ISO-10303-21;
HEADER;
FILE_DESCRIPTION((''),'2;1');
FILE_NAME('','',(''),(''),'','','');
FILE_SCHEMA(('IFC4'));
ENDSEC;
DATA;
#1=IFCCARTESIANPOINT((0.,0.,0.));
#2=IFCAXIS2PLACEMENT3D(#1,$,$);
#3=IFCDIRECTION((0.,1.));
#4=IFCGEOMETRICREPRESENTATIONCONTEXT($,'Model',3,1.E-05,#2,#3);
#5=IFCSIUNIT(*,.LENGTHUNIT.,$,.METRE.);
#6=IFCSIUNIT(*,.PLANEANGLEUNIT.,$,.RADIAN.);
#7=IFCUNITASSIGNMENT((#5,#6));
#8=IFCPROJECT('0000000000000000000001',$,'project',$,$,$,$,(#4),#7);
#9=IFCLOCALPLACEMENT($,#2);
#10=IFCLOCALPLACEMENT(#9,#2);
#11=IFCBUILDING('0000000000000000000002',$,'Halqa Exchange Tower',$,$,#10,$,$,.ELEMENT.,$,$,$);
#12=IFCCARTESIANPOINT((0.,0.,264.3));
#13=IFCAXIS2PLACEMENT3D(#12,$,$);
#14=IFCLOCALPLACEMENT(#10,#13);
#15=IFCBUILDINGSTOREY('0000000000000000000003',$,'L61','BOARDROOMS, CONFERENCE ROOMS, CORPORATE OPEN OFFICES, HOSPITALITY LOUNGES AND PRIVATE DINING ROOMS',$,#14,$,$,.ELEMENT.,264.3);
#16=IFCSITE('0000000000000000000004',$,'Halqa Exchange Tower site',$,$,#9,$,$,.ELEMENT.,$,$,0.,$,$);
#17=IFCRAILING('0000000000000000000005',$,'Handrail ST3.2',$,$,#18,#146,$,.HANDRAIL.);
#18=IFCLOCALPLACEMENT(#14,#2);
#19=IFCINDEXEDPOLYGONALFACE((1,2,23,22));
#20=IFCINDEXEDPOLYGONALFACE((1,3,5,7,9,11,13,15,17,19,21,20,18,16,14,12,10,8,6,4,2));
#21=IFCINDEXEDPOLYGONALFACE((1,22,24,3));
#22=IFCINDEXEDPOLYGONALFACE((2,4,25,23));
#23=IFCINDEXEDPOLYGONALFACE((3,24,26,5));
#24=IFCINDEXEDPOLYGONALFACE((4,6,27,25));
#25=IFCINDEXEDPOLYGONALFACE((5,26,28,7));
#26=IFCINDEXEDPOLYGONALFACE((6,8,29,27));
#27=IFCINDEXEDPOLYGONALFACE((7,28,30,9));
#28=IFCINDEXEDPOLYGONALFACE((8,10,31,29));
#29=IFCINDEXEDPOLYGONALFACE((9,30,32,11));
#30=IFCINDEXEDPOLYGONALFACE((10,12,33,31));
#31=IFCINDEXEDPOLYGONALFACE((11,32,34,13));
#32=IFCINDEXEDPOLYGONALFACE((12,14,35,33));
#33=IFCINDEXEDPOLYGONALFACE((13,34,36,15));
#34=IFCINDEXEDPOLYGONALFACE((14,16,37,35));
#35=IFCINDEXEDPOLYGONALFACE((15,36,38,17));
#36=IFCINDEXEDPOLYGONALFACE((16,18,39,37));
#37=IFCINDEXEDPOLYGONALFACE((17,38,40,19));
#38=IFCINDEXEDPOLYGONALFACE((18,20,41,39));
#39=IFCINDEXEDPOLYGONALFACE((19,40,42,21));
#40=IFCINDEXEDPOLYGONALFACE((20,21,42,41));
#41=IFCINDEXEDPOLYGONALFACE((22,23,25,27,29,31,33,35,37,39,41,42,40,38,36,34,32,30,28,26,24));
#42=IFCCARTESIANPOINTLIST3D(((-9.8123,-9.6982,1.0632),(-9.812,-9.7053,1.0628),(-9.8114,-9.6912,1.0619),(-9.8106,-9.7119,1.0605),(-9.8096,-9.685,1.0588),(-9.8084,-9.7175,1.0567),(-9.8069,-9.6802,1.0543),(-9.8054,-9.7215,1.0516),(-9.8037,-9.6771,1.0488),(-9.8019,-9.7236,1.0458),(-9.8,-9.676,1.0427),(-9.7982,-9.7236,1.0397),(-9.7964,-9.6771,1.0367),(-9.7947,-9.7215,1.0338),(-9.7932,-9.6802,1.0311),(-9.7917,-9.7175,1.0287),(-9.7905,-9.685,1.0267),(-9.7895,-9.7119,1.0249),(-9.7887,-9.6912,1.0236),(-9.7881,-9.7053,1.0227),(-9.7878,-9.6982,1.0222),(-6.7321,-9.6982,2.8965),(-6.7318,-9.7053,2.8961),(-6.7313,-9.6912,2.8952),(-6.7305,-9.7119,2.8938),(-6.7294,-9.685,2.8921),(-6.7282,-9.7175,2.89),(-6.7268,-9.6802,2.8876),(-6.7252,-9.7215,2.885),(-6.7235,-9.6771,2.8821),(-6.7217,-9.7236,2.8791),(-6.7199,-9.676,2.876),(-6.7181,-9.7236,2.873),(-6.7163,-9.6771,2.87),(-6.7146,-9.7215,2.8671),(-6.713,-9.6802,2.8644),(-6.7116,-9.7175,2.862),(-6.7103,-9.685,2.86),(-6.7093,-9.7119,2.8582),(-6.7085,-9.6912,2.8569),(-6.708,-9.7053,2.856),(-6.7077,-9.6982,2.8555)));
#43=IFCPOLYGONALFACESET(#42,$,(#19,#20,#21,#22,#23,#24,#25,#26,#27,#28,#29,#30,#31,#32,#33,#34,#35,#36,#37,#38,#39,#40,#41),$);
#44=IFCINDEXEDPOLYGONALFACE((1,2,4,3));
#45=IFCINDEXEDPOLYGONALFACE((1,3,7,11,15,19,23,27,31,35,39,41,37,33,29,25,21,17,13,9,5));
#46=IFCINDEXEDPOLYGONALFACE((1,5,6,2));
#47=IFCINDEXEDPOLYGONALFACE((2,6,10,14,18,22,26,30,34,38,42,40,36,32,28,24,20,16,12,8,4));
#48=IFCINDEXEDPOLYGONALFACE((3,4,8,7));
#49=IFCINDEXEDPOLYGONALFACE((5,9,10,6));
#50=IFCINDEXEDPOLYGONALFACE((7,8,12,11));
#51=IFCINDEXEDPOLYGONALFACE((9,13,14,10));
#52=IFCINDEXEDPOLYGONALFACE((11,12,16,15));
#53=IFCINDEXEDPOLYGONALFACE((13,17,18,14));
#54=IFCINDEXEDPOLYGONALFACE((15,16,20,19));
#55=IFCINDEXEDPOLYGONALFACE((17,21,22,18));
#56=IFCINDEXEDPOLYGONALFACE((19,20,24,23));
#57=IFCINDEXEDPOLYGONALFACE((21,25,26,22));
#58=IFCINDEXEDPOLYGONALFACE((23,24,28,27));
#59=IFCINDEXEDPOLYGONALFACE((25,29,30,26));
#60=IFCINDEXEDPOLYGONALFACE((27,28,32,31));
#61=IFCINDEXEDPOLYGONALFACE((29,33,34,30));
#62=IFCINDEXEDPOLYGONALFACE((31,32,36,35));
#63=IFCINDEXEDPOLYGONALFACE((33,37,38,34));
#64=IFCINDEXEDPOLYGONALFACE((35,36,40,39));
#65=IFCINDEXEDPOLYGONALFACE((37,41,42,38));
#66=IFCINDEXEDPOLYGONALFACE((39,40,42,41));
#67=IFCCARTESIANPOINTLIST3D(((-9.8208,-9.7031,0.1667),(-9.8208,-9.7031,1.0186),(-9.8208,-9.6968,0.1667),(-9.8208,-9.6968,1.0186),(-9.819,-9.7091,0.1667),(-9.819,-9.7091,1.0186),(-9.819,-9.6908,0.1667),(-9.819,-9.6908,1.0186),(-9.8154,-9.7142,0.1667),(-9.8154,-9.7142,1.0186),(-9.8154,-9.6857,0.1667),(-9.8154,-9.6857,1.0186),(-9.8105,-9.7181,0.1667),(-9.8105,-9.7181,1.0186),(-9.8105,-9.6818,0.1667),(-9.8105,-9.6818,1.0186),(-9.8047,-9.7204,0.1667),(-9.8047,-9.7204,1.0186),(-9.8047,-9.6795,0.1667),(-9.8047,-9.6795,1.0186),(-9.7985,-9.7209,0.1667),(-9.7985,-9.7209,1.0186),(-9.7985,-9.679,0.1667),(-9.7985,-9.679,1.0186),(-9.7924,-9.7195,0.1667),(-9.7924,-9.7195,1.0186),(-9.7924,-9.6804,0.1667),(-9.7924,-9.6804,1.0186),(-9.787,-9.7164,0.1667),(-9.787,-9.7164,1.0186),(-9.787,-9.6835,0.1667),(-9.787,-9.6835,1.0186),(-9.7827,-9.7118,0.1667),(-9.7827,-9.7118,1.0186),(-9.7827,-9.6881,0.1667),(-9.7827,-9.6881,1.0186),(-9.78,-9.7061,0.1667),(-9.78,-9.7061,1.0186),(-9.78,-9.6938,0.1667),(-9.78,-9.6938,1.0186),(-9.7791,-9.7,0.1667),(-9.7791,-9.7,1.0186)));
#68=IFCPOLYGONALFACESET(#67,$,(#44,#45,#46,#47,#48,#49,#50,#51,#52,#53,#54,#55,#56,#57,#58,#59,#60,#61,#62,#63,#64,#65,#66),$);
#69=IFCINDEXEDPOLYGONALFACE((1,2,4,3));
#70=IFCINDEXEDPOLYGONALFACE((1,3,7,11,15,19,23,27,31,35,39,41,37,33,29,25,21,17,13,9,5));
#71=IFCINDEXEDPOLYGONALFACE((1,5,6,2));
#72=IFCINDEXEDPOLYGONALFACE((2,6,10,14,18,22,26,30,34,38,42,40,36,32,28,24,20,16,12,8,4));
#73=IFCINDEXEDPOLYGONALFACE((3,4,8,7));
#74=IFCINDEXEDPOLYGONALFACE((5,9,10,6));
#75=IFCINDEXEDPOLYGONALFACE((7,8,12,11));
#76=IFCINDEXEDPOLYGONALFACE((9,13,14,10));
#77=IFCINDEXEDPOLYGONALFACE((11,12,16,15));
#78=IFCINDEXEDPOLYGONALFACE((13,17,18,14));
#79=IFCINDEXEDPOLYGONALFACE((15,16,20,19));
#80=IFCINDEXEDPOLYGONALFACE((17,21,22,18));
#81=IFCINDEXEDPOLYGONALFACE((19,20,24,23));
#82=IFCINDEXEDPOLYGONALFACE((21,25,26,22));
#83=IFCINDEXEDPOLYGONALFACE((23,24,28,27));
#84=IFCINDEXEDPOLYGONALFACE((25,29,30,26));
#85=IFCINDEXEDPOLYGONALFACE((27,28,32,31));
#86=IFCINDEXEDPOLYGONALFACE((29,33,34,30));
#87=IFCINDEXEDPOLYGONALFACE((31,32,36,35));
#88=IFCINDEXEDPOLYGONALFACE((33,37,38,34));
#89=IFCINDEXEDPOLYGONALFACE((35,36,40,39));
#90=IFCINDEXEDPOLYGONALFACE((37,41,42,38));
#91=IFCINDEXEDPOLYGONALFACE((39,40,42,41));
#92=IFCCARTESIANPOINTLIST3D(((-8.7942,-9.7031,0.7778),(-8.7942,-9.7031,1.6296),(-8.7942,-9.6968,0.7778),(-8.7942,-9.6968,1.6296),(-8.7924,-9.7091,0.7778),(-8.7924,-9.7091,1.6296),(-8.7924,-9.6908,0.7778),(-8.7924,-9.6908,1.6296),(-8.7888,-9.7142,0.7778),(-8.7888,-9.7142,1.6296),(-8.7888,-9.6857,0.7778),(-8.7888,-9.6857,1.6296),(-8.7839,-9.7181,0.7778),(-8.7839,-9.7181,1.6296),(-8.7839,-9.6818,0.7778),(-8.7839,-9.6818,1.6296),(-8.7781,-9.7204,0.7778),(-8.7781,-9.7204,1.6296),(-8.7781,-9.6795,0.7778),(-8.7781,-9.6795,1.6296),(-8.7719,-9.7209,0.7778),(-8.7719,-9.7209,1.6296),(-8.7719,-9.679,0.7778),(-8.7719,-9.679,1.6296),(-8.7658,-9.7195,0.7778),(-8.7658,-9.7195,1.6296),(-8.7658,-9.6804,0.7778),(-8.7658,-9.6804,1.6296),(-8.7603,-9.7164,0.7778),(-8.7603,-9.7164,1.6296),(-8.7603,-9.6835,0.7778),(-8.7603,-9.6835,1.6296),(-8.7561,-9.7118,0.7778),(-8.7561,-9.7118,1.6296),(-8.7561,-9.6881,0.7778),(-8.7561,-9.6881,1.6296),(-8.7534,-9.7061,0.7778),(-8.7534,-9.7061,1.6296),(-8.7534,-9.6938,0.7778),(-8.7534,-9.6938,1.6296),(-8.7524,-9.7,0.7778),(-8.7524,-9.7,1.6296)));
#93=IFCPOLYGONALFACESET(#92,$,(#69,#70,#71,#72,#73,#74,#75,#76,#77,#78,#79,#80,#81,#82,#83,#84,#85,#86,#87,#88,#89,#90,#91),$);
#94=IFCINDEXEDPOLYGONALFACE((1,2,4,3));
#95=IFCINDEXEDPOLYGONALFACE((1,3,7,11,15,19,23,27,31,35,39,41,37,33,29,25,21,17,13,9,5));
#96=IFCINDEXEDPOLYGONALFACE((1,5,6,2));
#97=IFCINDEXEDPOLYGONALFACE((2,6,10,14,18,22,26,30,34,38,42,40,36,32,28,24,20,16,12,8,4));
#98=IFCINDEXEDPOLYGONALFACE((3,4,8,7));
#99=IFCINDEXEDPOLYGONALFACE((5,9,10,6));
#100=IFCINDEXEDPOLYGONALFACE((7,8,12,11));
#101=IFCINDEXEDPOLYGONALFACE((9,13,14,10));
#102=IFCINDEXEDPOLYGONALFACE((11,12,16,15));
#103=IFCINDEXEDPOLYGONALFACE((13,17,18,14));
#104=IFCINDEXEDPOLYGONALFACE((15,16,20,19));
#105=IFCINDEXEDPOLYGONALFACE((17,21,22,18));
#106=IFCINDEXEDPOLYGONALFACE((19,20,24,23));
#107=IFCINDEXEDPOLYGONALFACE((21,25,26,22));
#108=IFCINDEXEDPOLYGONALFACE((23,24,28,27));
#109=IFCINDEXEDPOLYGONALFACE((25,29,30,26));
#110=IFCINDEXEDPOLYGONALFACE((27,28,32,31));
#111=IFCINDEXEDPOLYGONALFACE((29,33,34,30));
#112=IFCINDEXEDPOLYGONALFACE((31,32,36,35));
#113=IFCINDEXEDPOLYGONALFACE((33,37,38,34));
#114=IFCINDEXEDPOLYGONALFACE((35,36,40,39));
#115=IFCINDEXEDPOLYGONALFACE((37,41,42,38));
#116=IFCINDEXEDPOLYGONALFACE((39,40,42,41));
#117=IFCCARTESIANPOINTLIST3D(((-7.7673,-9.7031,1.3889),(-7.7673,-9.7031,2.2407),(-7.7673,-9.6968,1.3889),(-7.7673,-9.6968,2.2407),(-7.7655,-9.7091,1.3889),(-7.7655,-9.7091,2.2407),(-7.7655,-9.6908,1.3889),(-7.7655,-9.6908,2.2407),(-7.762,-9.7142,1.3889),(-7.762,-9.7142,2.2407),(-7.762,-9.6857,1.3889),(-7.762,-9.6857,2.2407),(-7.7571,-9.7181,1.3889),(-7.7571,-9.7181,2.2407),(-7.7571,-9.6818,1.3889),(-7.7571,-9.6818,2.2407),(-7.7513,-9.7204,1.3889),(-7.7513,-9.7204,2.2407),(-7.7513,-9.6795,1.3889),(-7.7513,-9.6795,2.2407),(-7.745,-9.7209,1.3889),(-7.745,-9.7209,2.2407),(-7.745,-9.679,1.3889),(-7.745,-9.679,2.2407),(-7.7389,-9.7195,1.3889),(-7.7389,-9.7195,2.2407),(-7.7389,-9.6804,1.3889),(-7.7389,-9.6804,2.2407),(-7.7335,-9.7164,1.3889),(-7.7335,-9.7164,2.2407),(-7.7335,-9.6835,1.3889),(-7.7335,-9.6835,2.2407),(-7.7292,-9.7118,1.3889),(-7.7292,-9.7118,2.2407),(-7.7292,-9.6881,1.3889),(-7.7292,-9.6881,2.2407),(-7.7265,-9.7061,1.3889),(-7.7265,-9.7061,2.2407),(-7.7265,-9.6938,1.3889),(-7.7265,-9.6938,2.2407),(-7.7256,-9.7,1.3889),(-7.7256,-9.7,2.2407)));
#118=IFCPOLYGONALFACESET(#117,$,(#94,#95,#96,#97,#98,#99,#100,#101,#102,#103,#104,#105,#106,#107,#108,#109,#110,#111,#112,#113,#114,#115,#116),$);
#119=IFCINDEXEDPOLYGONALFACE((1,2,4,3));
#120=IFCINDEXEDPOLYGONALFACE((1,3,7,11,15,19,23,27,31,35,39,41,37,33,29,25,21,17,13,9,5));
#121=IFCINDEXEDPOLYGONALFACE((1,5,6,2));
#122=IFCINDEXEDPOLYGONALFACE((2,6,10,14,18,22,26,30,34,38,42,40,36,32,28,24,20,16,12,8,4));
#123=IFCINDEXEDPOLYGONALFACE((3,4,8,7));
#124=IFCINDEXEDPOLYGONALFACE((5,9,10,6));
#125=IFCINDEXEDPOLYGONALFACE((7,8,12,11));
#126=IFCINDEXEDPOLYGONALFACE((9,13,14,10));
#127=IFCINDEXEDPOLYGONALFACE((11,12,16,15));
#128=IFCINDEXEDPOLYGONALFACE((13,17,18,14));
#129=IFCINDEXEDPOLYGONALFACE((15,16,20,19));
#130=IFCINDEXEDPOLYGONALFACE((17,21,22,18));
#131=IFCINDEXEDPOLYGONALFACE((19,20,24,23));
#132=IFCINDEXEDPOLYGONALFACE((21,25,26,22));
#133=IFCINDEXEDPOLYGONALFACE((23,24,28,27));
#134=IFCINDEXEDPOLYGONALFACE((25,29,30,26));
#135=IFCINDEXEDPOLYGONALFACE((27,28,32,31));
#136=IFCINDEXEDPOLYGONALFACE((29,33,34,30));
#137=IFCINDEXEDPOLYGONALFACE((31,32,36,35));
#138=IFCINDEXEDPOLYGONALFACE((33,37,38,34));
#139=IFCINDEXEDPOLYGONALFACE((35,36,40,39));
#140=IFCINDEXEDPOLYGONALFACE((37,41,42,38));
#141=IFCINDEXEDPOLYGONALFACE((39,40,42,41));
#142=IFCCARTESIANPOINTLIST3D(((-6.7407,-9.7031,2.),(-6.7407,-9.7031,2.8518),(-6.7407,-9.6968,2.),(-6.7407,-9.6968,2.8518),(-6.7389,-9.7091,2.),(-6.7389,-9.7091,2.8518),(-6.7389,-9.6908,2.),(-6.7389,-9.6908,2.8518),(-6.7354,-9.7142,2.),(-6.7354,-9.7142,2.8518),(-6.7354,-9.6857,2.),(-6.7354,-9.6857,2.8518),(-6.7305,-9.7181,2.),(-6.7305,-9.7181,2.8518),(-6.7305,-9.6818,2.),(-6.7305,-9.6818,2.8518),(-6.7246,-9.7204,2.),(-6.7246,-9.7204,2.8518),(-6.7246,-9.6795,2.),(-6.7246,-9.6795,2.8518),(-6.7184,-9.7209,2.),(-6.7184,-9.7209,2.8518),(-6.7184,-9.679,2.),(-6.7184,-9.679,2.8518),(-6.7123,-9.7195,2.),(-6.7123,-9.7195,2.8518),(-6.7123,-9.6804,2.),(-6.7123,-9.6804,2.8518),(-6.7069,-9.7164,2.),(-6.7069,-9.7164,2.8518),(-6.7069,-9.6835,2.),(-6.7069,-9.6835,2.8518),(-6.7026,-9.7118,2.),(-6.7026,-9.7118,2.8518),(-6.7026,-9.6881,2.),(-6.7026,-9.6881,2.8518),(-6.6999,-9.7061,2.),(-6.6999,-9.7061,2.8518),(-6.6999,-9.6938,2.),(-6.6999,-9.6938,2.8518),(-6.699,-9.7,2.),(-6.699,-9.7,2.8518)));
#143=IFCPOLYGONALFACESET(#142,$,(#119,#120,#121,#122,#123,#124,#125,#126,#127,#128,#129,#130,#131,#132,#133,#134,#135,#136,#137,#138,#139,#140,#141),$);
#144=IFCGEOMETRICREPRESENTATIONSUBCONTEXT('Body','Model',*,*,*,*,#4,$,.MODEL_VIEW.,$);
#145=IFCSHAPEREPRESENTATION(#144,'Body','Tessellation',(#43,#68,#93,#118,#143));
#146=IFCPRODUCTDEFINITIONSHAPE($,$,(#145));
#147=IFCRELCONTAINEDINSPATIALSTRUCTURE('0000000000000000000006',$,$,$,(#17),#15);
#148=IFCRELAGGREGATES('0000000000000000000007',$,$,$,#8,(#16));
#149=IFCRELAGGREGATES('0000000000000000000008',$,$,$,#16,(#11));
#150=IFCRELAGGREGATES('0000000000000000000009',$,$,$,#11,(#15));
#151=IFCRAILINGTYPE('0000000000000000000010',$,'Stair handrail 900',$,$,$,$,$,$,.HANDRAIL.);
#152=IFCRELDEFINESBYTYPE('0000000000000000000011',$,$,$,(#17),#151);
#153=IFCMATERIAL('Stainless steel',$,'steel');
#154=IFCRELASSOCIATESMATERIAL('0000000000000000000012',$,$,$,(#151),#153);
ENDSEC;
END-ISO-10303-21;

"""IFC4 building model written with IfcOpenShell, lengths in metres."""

from ifc_helpers import new_model, si_unit, direction, frame, origin, origin_2d, place, context, subcontext, project, spatial, circle, extrude, material, type_object, element, save


model = new_model("IFC4")

# Units and contexts
model_context = context("Model", 3, precision=1e-05, world=origin(), true_north=direction((0.0, 1.0)))
body_context = subcontext(model_context, "Body", "Model", "MODEL_VIEW")
ifc_project = project(units=[si_unit("LENGTHUNIT", "METRE"), si_unit("PLANEANGLEUNIT", "RADIAN")], contexts=[model_context])

# Site, building, storey
site_placement = place(None, origin())
site = spatial("IfcSite", under=ifc_project, at=site_placement, Name="Halqa Exchange Tower site", CompositionType="ELEMENT", RefElevation=0.0)
building_placement = place(site_placement, origin())
building = spatial("IfcBuilding", under=site, at=building_placement, Name="Halqa Exchange Tower", CompositionType="ELEMENT")
storey_placement = place(building_placement, frame((0.0, 0.0, 264.3)))
storey = spatial("IfcBuildingStorey", under=building, at=storey_placement, Name="L61", Description="BOARDROOMS, CONFERENCE ROOMS, CORPORATE OPEN OFFICES, HOSPITALITY LOUNGES AND PRIVATE DINING ROOMS", CompositionType="ELEMENT", Elevation=264.3)

# Shared definitions
ifc_material_1 = material(Name="Stainless steel", Category="steel")

# Railing
railing_type_1 = type_object("IfcRailingType", Name="Stair handrail 900", PredefinedType="HANDRAIL", material=ifc_material_1)
railing_1_placement = place(storey_placement, frame((-9.8, -9.7, 0.1667)))
element("IfcRailing", 1, at=railing_1_placement, inside=storey, type_object=railing_type_1, Name="Handrail ST3.2", PredefinedType="HANDRAIL", context=body_context, shape_type="SweptSolid", body=[
    extrude(circle(Radius=0.0239, at=origin_2d()), frame((0.0, 0.0, 0.876), z_axis=(0.859309, 0.0, 0.511458), x_axis=(0.0, 1.0, 0.0)), (0.0, 0.0, 1.0), 3.5845),
    extrude(circle(Radius=0.021, at=origin_2d()), origin(), (0.0, 0.0, 1.0), 0.8518),
    extrude(circle(Radius=0.021, at=origin_2d()), frame((1.0266, 0.0, 0.6111)), (0.0, 0.0, 1.0), 0.8518),
    extrude(circle(Radius=0.021, at=origin_2d()), frame((2.0535, 0.0, 1.2222)), (0.0, 0.0, 1.0), 0.8518),
    extrude(circle(Radius=0.021, at=origin_2d()), frame((3.0801, 0.0, 1.8333)), (0.0, 0.0, 1.0), 0.8518),
])

save(model, "model.ifc")
